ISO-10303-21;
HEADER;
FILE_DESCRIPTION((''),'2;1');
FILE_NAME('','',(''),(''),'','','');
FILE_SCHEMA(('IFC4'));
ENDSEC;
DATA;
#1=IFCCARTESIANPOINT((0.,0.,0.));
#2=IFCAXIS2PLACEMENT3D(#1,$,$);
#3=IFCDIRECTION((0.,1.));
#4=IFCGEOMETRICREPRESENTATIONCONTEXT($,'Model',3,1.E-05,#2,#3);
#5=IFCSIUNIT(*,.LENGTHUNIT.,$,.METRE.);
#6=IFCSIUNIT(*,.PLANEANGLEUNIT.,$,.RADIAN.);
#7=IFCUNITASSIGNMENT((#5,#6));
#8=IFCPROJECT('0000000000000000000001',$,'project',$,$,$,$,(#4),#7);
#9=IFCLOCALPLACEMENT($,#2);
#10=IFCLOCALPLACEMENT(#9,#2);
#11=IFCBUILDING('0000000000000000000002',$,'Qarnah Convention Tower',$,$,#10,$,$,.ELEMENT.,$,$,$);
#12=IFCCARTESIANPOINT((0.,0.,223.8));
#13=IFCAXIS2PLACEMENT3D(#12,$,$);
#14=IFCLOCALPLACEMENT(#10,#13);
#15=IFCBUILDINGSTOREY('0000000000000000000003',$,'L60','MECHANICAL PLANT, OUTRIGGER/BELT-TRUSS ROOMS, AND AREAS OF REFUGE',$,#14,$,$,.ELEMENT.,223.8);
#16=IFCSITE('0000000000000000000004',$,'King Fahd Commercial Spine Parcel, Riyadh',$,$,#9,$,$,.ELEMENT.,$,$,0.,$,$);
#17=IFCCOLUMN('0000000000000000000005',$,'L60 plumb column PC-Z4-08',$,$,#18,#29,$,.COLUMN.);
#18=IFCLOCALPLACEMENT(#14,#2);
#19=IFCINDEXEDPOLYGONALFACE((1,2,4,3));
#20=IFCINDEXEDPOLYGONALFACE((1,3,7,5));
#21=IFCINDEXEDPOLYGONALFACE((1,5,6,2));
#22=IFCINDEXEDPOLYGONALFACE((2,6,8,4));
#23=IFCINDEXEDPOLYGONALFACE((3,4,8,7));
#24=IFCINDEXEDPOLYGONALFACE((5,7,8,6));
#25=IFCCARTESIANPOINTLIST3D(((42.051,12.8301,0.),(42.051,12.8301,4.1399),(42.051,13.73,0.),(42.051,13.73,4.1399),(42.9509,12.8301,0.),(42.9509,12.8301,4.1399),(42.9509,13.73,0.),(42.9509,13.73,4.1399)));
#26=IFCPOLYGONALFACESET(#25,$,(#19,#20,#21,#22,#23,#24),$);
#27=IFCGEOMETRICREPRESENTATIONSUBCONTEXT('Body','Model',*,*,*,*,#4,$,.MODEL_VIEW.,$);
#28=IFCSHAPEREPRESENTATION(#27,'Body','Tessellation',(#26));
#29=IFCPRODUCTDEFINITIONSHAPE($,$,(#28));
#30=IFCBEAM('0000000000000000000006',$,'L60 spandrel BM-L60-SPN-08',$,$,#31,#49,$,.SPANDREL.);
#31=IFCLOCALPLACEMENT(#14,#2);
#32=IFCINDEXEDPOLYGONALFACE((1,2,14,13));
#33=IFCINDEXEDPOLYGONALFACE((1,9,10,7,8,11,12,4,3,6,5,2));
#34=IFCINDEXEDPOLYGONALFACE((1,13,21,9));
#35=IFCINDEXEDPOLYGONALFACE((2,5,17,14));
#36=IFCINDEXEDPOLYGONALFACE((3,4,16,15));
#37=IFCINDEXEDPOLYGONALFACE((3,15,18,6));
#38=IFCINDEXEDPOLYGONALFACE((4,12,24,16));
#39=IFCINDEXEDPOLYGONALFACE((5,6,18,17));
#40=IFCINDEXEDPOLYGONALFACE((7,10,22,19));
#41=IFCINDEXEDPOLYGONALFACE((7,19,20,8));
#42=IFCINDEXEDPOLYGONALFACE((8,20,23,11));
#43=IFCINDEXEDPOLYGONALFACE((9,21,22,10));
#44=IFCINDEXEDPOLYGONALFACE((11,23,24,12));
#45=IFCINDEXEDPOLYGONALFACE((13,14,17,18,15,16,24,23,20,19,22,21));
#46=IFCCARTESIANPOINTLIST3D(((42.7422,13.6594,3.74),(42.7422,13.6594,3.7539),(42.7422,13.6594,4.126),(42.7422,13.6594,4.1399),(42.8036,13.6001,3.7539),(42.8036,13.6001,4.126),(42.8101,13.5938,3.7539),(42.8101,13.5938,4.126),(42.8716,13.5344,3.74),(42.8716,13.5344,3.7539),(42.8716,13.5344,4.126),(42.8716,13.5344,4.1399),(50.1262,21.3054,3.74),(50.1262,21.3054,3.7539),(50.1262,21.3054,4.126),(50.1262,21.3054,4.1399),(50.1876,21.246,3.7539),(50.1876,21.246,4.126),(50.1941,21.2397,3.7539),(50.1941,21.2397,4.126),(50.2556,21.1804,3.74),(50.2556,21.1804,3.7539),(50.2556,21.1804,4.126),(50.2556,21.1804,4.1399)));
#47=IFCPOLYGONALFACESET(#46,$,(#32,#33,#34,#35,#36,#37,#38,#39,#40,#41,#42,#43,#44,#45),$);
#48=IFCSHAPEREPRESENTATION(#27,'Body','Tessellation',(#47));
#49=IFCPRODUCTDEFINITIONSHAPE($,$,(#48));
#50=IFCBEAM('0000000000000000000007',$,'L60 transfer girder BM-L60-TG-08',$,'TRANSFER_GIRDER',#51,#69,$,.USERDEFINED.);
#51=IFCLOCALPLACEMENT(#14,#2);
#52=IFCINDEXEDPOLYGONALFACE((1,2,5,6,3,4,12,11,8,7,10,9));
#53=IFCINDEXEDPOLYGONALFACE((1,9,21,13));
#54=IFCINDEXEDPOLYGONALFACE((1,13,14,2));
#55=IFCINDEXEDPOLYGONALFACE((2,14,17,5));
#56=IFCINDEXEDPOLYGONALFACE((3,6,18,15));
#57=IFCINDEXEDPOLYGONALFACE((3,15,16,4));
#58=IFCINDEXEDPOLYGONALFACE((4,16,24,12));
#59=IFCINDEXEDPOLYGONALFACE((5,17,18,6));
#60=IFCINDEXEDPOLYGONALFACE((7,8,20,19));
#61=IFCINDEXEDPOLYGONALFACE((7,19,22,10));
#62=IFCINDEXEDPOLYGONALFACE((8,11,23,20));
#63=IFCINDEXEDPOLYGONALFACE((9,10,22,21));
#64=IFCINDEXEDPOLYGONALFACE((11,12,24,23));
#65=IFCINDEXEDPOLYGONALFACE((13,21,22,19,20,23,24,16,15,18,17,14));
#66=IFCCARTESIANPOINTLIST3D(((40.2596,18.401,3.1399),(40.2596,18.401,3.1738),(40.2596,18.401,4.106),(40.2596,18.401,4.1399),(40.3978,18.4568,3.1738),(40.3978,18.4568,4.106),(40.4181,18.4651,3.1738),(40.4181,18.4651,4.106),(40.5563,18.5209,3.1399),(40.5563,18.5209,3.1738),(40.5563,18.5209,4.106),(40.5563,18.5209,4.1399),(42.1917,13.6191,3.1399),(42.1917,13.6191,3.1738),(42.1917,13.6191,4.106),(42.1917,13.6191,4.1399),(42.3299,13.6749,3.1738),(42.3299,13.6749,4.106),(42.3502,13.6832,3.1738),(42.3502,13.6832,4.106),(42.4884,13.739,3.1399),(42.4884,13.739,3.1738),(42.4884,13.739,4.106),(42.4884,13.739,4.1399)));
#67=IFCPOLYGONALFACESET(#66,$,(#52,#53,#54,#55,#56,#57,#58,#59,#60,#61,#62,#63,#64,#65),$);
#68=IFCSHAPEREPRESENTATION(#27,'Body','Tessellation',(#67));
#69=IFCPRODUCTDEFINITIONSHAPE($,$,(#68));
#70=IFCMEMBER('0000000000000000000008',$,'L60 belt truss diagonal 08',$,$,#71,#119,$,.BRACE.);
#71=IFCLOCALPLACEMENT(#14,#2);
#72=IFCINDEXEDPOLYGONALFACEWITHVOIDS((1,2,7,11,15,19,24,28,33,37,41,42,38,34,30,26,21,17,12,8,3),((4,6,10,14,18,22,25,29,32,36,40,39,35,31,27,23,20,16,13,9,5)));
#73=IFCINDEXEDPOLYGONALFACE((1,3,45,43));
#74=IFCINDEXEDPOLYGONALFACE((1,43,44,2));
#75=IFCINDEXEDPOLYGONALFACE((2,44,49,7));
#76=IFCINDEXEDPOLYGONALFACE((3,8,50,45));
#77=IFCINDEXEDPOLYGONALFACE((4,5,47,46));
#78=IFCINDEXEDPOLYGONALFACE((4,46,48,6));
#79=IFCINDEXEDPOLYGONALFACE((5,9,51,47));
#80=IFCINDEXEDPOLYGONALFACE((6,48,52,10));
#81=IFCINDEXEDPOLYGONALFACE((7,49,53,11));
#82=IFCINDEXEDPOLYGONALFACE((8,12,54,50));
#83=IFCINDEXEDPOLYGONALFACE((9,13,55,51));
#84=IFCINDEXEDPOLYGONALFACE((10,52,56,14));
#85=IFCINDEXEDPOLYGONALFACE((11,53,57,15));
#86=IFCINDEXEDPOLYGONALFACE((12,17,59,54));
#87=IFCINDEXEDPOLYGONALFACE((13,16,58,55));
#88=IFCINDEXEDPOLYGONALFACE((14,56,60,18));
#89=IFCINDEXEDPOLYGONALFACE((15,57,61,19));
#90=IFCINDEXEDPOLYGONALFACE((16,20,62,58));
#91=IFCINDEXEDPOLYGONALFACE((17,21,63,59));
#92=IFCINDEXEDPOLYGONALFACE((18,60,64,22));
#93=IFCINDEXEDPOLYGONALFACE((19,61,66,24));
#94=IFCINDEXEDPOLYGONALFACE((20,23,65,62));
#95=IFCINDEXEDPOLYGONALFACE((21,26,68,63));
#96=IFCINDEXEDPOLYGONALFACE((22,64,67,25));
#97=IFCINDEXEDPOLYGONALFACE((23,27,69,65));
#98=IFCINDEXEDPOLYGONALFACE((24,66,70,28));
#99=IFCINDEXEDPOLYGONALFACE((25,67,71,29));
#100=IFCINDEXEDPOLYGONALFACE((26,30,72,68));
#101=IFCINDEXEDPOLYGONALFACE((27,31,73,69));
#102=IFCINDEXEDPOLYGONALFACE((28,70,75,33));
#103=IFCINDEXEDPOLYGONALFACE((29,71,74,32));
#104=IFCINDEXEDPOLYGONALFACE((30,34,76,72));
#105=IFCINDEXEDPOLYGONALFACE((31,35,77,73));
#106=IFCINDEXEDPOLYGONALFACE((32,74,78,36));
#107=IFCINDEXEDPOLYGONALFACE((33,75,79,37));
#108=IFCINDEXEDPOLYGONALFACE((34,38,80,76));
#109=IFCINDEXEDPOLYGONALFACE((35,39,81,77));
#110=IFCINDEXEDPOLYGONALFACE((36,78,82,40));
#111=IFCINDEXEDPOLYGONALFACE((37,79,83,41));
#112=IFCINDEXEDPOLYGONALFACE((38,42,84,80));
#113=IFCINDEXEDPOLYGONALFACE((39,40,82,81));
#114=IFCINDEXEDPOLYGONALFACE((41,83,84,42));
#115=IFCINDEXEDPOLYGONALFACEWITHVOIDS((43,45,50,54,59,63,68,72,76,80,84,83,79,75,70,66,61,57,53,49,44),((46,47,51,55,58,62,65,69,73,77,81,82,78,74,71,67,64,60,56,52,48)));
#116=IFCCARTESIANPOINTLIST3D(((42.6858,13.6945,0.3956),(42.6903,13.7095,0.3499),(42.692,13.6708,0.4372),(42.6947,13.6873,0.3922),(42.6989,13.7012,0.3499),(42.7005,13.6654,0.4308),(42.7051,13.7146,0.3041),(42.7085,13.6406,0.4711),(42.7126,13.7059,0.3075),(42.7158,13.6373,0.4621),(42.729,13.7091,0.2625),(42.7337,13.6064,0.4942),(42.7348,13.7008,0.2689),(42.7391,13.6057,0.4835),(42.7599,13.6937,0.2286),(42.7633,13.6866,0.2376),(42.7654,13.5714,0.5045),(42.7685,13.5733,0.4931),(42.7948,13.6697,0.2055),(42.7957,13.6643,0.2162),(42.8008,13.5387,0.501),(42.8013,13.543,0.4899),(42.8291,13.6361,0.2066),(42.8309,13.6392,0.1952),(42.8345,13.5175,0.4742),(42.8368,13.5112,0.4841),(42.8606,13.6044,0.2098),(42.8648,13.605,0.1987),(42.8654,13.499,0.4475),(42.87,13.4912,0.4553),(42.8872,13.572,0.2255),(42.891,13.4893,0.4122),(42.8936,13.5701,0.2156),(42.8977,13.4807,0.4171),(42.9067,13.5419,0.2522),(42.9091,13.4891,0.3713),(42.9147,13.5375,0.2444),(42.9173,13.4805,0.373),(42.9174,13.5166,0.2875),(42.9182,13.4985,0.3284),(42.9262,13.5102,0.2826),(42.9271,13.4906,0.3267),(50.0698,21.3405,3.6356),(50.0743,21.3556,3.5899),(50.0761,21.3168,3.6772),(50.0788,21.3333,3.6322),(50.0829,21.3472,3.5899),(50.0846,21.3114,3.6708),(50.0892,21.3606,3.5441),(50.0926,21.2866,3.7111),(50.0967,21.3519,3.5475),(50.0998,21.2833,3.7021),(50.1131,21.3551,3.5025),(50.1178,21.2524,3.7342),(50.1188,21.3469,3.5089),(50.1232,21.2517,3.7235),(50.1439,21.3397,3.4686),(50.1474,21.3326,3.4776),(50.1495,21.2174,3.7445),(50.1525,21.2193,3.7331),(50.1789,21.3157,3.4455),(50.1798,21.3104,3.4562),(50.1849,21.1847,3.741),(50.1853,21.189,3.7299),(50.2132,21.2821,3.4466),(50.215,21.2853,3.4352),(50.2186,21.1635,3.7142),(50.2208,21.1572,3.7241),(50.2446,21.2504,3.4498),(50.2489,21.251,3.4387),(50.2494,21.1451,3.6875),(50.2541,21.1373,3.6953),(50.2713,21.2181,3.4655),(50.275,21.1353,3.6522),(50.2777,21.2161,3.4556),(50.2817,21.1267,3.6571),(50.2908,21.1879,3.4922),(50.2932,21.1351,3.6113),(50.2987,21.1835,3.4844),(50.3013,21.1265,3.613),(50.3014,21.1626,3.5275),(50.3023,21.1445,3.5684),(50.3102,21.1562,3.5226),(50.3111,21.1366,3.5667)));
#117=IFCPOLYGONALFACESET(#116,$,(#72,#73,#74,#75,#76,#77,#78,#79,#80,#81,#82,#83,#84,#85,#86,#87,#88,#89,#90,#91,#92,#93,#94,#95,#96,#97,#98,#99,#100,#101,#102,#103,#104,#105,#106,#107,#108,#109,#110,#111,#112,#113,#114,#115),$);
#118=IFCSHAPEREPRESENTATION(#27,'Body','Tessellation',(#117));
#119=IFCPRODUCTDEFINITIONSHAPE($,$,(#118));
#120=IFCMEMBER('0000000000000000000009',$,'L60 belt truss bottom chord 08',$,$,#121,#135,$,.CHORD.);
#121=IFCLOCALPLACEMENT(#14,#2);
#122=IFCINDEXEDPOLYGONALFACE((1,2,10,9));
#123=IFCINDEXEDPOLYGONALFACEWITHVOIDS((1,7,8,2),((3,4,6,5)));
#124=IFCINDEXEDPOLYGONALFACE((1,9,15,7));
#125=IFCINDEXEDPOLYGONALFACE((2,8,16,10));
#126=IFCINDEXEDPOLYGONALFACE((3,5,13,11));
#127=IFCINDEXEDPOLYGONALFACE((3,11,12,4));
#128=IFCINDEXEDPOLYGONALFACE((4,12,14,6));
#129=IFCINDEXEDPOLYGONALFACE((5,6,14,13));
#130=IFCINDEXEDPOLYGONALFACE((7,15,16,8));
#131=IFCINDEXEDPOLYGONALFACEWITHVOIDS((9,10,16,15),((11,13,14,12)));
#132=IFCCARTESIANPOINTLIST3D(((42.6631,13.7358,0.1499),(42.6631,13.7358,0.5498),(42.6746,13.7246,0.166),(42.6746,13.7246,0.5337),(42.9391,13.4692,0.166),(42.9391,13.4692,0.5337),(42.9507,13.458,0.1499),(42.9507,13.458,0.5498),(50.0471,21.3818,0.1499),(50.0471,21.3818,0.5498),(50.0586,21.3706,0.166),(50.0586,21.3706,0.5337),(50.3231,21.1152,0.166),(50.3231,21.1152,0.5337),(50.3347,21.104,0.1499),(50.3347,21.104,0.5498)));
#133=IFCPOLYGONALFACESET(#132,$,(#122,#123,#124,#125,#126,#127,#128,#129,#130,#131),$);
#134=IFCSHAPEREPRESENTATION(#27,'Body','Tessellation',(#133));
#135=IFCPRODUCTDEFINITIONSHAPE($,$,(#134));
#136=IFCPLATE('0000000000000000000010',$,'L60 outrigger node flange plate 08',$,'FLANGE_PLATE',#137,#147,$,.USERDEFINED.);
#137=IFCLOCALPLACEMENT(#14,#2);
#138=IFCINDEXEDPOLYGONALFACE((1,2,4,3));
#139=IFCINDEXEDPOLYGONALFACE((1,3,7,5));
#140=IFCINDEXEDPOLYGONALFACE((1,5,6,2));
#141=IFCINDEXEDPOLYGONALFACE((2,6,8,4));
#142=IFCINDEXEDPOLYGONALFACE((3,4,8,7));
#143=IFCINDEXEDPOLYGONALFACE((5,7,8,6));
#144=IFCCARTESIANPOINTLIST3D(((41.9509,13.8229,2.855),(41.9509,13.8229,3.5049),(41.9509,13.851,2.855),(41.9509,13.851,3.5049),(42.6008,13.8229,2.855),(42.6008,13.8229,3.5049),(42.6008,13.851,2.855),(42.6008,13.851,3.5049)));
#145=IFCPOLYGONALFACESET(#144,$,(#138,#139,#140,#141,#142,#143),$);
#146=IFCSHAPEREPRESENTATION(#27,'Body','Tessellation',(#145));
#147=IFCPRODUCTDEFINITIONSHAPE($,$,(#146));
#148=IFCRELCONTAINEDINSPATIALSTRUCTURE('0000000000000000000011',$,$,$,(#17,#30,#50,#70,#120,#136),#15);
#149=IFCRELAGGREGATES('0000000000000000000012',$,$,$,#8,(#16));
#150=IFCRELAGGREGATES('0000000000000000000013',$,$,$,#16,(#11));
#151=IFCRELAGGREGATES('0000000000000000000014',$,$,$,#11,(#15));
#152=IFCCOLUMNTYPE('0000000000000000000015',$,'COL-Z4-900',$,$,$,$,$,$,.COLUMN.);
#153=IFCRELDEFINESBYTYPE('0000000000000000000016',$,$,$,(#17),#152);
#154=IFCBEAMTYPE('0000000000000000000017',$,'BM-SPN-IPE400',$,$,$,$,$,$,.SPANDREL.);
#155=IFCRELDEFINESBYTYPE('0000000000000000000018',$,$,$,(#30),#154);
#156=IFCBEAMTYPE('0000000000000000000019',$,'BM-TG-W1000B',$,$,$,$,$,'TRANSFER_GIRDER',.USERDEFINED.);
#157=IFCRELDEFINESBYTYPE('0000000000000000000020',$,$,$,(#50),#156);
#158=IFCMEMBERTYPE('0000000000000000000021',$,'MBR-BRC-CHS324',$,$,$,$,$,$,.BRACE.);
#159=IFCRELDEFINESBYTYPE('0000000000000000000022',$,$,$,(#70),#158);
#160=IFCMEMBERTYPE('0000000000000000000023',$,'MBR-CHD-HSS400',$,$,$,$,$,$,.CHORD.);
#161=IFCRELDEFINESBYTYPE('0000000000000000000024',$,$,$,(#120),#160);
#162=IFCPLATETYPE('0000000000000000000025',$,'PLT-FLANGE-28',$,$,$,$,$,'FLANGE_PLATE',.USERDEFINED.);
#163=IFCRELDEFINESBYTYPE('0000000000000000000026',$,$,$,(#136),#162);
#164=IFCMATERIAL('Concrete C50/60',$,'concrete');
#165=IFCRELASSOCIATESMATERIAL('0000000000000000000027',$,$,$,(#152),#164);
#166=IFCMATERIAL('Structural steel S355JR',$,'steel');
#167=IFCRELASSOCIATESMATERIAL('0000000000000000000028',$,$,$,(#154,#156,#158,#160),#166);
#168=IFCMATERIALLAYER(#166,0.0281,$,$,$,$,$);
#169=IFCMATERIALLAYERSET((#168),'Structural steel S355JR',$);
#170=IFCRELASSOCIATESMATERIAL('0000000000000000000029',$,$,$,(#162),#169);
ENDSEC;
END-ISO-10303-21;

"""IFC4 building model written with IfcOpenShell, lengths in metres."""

from ifc_helpers import new_model, si_unit, direction, frame, origin, origin_2d, place, context, subcontext, project, spatial, rectangle, hollow_rectangle, hollow_circle, i_section, extrude, material, layer, layer_set, material_profile, profile_set, type_object, element, save


model = new_model("IFC4")

# Units and contexts
model_context = context("Model", 3, precision=1e-05, world=origin(), true_north=direction((0.0, 1.0)))
body_context = subcontext(model_context, "Body", "Model", "MODEL_VIEW")
ifc_project = project(units=[si_unit("LENGTHUNIT", "METRE"), si_unit("PLANEANGLEUNIT", "RADIAN")], contexts=[model_context])

# Site, building, storey
site_placement = place(None, origin())
site = spatial("IfcSite", under=ifc_project, at=site_placement, Name="King Fahd Commercial Spine Parcel, Riyadh", CompositionType="ELEMENT", RefElevation=0.0)
building_placement = place(site_placement, origin())
building = spatial("IfcBuilding", under=site, at=building_placement, Name="Qarnah Convention Tower", CompositionType="ELEMENT")
storey_placement = place(building_placement, frame((0.0, 0.0, 223.8)))
storey = spatial("IfcBuildingStorey", under=building, at=storey_placement, Name="L60", Description="MECHANICAL PLANT, OUTRIGGER/BELT-TRUSS ROOMS, AND AREAS OF REFUGE", CompositionType="ELEMENT", Elevation=223.8)

# Column
ifc_material_1 = material(Name="Concrete C50/60", Category="concrete")
ifc_material_profile_1 = material_profile(ifc_material_1, rectangle(XDim=0.8999, YDim=0.8999, at=origin_2d()), Name="RC-COL-900X900")
ifc_profile_set_1 = profile_set([ifc_material_profile_1], Name="Concrete C50/60")
column_type = type_object("IfcColumnType", Name="COL-Z4-900", PredefinedType="COLUMN", material=ifc_profile_set_1)
column_placement = place(storey_placement, frame((42.501, 13.28, 0.0), z_axis=(0.0, 0.0, 1.0), x_axis=(1.0, 0.0, 0.0)))
element("IfcColumn", 1, at=column_placement, inside=storey, type_object=column_type, Name="L60 plumb column PC-Z4-08", PredefinedType="COLUMN", context=body_context, shape_type="SweptSolid", body=[
    extrude(rectangle(XDim=0.8999, YDim=0.8999, at=origin_2d()), origin(), (0.0, 0.0, 1.0), 4.1399),
])

# Beams
ifc_material_2 = material(Name="Structural steel S355JR", Category="steel")
ifc_material_profile_2 = material_profile(ifc_material_2, i_section(OverallWidth=0.1799, OverallDepth=0.3999, WebThickness=0.009, FlangeThickness=0.0139, at=origin_2d()), Name="IPE400")
ifc_profile_set_2 = profile_set([ifc_material_profile_2], Name="Structural steel S355JR")
beam_type_1 = type_object("IfcBeamType", Name="BM-SPN-IPE400", PredefinedType="SPANDREL", material=ifc_profile_set_2)
beam_1_placement = place(storey_placement, frame((42.8069, 13.5969, 3.9399), z_axis=(0.694677, 0.719322, 0.0), x_axis=(-0.719322, 0.694677, 0.0)))
element("IfcBeam", 2, at=beam_1_placement, inside=storey, type_object=beam_type_1, Name="L60 spandrel BM-L60-SPN-08", PredefinedType="SPANDREL", context=body_context, shape_type="SweptSolid", body=[
    extrude(i_section(OverallWidth=0.1799, OverallDepth=0.3999, WebThickness=0.009, FlangeThickness=0.0139, at=origin_2d()), origin(), (0.0, 0.0, 1.0), 10.6294),
])
ifc_material_profile_3 = material_profile(ifc_material_2, i_section(OverallWidth=0.3201, OverallDepth=1.0, WebThickness=0.022, FlangeThickness=0.0339, at=origin_2d()), Name="W1000X371")
ifc_profile_set_3 = profile_set([ifc_material_profile_3], Name="Structural steel S355JR")
beam_type_2 = type_object("IfcBeamType", Name="BM-TG-W1000B", ElementType="TRANSFER_GIRDER", PredefinedType="USERDEFINED", material=ifc_profile_set_3)
beam_2_placement = place(storey_placement, frame((40.408, 18.4609, 3.6399), z_axis=(0.37462, -0.927178, 0.0), x_axis=(0.927178, 0.37462, 0.0)))
element("IfcBeam", 3, at=beam_2_placement, inside=storey, type_object=beam_type_2, Name="L60 transfer girder BM-L60-TG-08", ObjectType="TRANSFER_GIRDER", PredefinedType="USERDEFINED", context=body_context, shape_type="SweptSolid", body=[
    extrude(i_section(OverallWidth=0.3201, OverallDepth=1.0, WebThickness=0.022, FlangeThickness=0.0339, at=origin_2d()), origin(), (0.0, 0.0, 1.0), 5.1575),
])

# Members
ifc_material_profile_4 = material_profile(ifc_material_2, hollow_circle(Radius=0.1621, WallThickness=0.012, at=origin_2d()), Name="CHS324X12")
ifc_profile_set_4 = profile_set([ifc_material_profile_4], Name="Structural steel S355JR")
member_type_1 = type_object("IfcMemberType", Name="MBR-BRC-CHS324", PredefinedType="BRACE", material=ifc_profile_set_4)
member_1_placement = place(storey_placement, frame((42.8069, 13.5969, 0.3499), z_axis=(0.664493, 0.688067, 0.291568), x_axis=(-0.719322, 0.694677, 0.0)))
element("IfcMember", 4, at=member_1_placement, inside=storey, type_object=member_type_1, Name="L60 belt truss diagonal 08", PredefinedType="BRACE", context=body_context, shape_type="SweptSolid", body=[
    extrude(hollow_circle(Radius=0.1621, WallThickness=0.012, at=origin_2d()), origin(), (0.0, 0.0, 1.0), 11.1123),
])
ifc_material_profile_5 = material_profile(ifc_material_2, hollow_rectangle(XDim=0.3999, YDim=0.3999, WallThickness=0.0161, at=origin_2d()), Name="HSS400X400X16")
ifc_profile_set_5 = profile_set([ifc_material_profile_5], Name="Structural steel S355JR")
member_type_2 = type_object("IfcMemberType", Name="MBR-CHD-HSS400", PredefinedType="CHORD", material=ifc_profile_set_5)
member_2_placement = place(storey_placement, frame((42.8069, 13.5969, 0.3499), z_axis=(0.694677, 0.719322, 0.0), x_axis=(-0.719322, 0.694677, 0.0)))
element("IfcMember", 5, at=member_2_placement, inside=storey, type_object=member_type_2, Name="L60 belt truss bottom chord 08", PredefinedType="CHORD", context=body_context, shape_type="SweptSolid", body=[
    extrude(hollow_rectangle(XDim=0.3999, YDim=0.3999, WallThickness=0.0161, at=origin_2d()), origin(), (0.0, 0.0, 1.0), 10.6294),
])

# Plate
ifc_layer_1 = layer(ifc_material_2, 0.0281)
ifc_layer_set_1 = layer_set([ifc_layer_1], Name="Structural steel S355JR")
plate_type = type_object("IfcPlateType", Name="PLT-FLANGE-28", ElementType="FLANGE_PLATE", PredefinedType="USERDEFINED", material=ifc_layer_set_1)
plate_placement = place(storey_placement, frame((42.2759, 13.8369, 2.855), z_axis=(0.0, 0.0, 1.0), x_axis=(1.0, 0.0, 0.0)))
element("IfcPlate", 6, at=plate_placement, inside=storey, type_object=plate_type, Name="L60 outrigger node flange plate 08", ObjectType="FLANGE_PLATE", PredefinedType="USERDEFINED", context=body_context, shape_type="SweptSolid", body=[
    extrude(rectangle(XDim=0.6499, YDim=0.0281, at=origin_2d()), origin(), (0.0, 0.0, 1.0), 0.6499),
])

save(model, "model.ifc")
